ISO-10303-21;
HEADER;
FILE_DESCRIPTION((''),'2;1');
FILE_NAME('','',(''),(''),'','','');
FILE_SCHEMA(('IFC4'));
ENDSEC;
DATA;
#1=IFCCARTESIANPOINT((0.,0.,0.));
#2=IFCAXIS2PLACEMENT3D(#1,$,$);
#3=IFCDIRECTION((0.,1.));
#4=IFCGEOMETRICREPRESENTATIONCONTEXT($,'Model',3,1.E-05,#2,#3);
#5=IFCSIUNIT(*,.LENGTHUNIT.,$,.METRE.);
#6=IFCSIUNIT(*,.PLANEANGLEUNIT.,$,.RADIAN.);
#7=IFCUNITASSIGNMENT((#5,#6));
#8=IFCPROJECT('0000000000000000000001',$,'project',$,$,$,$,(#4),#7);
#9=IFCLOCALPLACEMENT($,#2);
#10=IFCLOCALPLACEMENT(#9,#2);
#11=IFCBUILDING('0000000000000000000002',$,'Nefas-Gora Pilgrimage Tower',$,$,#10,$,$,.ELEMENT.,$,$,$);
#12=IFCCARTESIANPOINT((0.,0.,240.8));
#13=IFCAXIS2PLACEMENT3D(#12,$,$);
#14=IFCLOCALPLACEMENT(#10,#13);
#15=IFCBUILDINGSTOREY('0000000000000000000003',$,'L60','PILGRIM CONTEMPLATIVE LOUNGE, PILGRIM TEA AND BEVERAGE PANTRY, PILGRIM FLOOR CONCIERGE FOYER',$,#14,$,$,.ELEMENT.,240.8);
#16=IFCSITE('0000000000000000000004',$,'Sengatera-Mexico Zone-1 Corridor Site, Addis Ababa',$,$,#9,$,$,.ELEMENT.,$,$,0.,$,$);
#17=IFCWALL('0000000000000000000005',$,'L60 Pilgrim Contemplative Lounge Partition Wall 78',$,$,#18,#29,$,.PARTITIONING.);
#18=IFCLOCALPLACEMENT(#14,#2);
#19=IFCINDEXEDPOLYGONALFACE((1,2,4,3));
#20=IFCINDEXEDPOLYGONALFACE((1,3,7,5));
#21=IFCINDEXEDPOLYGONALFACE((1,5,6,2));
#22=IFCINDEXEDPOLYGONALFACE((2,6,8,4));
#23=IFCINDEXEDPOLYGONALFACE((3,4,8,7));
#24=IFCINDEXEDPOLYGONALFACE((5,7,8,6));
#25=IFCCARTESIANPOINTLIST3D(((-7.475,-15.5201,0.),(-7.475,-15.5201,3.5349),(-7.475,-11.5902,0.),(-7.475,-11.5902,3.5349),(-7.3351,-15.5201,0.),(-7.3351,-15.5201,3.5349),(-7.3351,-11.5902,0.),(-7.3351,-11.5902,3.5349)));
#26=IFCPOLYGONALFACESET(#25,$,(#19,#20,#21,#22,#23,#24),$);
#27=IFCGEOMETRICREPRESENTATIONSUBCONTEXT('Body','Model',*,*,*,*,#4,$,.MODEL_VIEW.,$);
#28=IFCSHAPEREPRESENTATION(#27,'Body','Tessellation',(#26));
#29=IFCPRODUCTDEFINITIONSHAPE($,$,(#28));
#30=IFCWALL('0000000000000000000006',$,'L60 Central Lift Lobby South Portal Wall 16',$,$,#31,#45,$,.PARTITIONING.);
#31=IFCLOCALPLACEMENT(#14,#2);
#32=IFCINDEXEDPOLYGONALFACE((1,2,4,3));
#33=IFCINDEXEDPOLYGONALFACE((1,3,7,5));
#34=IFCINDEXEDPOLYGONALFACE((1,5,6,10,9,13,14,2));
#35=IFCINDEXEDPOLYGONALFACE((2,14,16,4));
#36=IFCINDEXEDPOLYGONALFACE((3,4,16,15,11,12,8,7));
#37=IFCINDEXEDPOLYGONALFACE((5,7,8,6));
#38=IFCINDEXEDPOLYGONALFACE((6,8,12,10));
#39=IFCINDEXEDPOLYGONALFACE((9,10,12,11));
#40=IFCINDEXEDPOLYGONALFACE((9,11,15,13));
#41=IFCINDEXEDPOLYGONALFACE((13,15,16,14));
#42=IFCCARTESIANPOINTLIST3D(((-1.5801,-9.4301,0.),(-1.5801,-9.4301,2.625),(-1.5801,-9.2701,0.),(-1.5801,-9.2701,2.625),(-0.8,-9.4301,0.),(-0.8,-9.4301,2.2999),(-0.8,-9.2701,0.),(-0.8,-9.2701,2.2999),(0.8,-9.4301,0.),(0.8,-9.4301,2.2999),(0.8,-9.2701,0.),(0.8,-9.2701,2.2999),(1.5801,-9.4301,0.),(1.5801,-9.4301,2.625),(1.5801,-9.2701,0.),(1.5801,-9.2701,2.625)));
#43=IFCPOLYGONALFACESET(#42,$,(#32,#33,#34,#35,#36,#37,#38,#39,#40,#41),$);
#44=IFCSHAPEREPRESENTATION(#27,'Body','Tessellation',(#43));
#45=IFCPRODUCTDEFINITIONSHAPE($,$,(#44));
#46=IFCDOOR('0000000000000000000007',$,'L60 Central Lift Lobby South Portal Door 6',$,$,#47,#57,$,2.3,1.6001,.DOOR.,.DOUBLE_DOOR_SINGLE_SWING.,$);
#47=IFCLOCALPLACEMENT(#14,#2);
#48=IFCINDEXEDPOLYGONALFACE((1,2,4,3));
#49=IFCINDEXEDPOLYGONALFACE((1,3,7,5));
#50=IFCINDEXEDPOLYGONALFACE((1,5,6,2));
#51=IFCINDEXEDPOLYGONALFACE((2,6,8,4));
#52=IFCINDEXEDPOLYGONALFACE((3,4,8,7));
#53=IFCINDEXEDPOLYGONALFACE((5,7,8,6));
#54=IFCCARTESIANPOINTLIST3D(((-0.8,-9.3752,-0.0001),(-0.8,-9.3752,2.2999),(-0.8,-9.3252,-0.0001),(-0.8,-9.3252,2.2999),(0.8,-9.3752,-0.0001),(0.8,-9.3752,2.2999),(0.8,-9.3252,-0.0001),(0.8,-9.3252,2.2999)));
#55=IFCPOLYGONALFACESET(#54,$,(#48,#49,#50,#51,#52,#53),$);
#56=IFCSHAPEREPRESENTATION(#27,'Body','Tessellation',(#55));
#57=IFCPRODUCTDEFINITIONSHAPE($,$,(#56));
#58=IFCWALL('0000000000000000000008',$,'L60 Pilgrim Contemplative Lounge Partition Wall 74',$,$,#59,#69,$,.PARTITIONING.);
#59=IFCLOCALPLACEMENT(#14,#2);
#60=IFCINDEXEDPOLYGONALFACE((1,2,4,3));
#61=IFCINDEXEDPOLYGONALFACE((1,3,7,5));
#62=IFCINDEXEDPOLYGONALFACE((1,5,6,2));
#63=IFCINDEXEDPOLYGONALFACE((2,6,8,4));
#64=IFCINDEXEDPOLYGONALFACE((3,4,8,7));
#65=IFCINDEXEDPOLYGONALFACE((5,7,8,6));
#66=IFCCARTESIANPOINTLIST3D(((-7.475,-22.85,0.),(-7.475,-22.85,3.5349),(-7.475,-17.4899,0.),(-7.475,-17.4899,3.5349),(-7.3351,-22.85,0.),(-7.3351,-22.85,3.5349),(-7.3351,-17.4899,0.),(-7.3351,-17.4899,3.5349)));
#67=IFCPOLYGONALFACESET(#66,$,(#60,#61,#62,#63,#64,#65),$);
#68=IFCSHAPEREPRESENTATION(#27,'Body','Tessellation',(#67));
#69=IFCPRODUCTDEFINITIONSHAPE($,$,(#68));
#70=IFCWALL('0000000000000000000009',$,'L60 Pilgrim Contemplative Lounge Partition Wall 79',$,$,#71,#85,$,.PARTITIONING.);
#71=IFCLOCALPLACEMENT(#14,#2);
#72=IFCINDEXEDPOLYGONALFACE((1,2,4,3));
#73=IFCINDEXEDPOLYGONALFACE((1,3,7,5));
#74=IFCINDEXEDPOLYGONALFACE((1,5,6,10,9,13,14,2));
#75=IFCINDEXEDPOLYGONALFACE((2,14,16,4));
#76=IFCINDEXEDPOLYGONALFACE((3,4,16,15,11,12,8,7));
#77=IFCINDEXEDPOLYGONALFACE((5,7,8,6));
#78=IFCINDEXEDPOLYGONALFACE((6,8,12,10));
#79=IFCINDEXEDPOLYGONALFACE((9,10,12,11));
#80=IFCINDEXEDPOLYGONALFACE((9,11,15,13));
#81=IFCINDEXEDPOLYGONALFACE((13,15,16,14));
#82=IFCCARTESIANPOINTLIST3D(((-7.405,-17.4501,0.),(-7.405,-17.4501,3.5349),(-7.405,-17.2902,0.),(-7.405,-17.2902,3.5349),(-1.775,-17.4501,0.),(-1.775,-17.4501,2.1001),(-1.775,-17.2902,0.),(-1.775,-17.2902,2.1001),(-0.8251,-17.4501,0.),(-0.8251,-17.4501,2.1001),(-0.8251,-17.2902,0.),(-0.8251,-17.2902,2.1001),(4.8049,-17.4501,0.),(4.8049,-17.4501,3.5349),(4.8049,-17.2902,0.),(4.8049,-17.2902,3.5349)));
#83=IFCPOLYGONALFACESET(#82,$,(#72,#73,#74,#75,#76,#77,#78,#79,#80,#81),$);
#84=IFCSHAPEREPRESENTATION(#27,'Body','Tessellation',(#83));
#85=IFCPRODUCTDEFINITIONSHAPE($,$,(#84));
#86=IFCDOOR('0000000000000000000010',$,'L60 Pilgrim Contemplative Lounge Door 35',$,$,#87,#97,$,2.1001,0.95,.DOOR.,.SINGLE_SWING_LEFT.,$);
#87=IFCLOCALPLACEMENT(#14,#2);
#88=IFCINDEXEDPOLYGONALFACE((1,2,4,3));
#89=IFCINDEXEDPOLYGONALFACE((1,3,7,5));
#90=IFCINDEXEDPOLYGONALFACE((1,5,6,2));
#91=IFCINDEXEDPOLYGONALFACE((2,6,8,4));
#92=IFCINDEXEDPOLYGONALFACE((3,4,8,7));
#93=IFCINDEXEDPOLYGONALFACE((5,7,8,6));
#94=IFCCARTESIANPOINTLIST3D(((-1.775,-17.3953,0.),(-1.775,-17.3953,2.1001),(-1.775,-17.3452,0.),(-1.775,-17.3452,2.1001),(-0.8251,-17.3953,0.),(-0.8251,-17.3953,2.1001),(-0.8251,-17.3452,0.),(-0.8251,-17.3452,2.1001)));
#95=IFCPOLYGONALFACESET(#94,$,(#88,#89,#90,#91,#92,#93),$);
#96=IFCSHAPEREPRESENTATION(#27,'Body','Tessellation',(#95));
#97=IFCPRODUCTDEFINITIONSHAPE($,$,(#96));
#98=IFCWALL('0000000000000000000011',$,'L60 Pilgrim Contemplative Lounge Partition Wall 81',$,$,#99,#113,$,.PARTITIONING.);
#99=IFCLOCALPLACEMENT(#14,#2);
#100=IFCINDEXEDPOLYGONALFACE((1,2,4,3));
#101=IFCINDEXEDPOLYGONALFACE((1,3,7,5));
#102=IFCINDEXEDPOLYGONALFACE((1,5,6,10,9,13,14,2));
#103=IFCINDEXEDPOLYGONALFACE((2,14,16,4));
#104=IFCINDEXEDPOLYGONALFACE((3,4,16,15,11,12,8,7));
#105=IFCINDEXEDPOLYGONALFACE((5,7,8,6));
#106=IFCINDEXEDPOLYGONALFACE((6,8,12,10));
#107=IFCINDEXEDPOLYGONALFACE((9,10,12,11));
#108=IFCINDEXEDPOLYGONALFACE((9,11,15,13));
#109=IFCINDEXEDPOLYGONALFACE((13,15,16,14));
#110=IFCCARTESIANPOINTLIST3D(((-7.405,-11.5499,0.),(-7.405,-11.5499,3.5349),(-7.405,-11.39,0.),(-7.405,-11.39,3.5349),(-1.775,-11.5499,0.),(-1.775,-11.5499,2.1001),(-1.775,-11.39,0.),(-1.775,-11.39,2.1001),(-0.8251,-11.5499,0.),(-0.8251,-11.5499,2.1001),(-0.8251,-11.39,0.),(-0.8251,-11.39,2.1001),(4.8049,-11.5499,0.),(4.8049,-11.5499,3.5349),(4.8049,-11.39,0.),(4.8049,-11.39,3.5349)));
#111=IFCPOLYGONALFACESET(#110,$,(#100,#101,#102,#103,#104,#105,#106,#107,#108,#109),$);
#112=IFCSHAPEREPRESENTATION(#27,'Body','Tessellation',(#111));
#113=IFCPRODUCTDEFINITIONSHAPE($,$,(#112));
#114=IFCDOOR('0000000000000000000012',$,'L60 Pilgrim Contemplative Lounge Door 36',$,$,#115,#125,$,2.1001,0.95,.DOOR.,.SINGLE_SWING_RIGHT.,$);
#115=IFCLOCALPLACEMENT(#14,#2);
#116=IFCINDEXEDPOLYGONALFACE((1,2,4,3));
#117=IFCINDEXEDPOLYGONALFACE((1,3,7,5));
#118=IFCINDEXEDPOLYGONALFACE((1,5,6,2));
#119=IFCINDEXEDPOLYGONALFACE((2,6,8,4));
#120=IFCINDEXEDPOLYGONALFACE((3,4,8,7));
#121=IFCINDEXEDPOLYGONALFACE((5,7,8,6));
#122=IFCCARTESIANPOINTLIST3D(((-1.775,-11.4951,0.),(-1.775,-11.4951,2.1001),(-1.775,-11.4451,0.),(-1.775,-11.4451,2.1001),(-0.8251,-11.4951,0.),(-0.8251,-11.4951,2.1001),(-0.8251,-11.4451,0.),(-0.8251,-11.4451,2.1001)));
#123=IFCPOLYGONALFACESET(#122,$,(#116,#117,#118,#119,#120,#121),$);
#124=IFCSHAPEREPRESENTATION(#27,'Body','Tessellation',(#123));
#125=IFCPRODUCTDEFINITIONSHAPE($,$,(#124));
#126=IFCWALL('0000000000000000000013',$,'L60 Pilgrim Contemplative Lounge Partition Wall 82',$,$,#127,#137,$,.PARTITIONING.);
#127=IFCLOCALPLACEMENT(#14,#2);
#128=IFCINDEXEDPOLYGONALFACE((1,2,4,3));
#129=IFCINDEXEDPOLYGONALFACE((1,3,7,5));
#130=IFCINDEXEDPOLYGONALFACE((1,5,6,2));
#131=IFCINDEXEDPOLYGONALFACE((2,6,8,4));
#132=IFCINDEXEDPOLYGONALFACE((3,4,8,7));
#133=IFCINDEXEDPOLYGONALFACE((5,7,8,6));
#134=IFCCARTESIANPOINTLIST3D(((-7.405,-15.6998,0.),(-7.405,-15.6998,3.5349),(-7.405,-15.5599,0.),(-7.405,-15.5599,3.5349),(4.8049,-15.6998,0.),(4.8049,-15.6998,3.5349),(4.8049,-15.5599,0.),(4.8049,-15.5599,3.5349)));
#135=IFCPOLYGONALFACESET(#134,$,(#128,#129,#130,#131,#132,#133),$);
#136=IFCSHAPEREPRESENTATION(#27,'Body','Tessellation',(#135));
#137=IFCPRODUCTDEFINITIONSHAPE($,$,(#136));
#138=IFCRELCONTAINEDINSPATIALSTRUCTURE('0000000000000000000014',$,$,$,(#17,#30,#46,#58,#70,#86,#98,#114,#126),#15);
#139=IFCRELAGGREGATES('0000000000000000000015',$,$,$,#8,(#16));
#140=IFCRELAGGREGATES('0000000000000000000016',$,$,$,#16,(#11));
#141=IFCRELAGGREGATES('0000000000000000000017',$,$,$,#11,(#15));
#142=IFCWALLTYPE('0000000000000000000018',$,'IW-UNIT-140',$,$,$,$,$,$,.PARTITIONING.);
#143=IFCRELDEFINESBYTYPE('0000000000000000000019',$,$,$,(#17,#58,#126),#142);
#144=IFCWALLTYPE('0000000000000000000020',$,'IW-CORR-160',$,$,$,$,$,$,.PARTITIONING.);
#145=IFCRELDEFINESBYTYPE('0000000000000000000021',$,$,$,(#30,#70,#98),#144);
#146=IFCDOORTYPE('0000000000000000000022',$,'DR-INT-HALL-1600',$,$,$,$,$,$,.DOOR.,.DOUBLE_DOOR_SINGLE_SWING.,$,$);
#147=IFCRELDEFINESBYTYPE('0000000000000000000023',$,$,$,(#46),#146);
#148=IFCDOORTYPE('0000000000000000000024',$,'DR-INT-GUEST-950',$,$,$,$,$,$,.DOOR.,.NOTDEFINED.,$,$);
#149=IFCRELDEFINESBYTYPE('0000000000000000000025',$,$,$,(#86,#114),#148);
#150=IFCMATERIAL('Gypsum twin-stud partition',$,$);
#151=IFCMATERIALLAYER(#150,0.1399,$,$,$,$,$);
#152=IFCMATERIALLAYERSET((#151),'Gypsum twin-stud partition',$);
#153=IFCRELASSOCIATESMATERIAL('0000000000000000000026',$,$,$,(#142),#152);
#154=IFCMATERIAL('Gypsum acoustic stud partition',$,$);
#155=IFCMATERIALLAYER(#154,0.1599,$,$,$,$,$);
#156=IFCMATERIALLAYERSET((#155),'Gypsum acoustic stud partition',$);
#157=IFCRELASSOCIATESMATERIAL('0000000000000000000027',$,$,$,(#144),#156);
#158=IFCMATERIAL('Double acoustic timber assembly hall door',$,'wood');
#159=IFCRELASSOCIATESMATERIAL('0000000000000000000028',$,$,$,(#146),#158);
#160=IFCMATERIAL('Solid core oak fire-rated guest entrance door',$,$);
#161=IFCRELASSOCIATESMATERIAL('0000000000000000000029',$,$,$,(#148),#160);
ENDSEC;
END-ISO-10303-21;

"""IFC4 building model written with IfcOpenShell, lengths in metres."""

from ifc_helpers import new_model, si_unit, direction, frame, frame_2d, origin, place, context, subcontext, project, spatial, rectangle, extrude, source, transform, mapped, material, layer, layer_set, type_object, element, fill, save


model = new_model("IFC4")

# Units and contexts
model_context = context("Model", 3, precision=1e-05, world=origin(), true_north=direction((0.0, 1.0)))
body_context = subcontext(model_context, "Body", "Model", "MODEL_VIEW")
ifc_project = project(units=[si_unit("LENGTHUNIT", "METRE"), si_unit("PLANEANGLEUNIT", "RADIAN")], contexts=[model_context])

# Site, building, storey
site_placement = place(None, origin())
site = spatial("IfcSite", under=ifc_project, at=site_placement, Name="Sengatera-Mexico Zone-1 Corridor Site, Addis Ababa", CompositionType="ELEMENT", RefElevation=0.0)
building_placement = place(site_placement, origin())
building = spatial("IfcBuilding", under=site, at=building_placement, Name="Nefas-Gora Pilgrimage Tower", CompositionType="ELEMENT")
storey_placement = place(building_placement, frame((0.0, 0.0, 240.8)))
storey = spatial("IfcBuildingStorey", under=building, at=storey_placement, Name="L60", Description="PILGRIM CONTEMPLATIVE LOUNGE, PILGRIM TEA AND BEVERAGE PANTRY, PILGRIM FLOOR CONCIERGE FOYER", CompositionType="ELEMENT", Elevation=240.8)

# Wall
ifc_material_1 = material(Name="Gypsum twin-stud partition")
ifc_layer_1 = layer(ifc_material_1, 0.1399)
ifc_layer_set_1 = layer_set([ifc_layer_1], Name="Gypsum twin-stud partition")
wall_type_1 = type_object("IfcWallType", Name="IW-UNIT-140", PredefinedType="PARTITIONING", material=ifc_layer_set_1)
shared_shape_1 = source(origin(), body_context, "Body", "SweptSolid", [
    extrude(rectangle(XDim=3.9299, YDim=0.1399, at=frame_2d((1.9648, 0.0))), origin(), (0.0, 0.0, 1.0), 3.5349),
])
wall_1_placement = place(storey_placement, frame((-7.405, -15.52, 0.0), z_axis=(0.0, 0.0, 1.0), x_axis=(0.0, 1.0, 0.0)))
element("IfcWall", 1, at=wall_1_placement, inside=storey, type_object=wall_type_1, Name="L60 Pilgrim Contemplative Lounge Partition Wall 78", PredefinedType="PARTITIONING", context=body_context, shape_type="MappedRepresentation", body=[
    mapped(shared_shape_1, transform((0.0, 0.0, 0.0), x_axis=(1.0, 0.0, 0.0), y_axis=(0.0, 1.0, 0.0), z_axis=(0.0, 0.0, 1.0), scale=1.0)),
])

# Wall, opening, door
ifc_material_2 = material(Name="Gypsum acoustic stud partition")
ifc_layer_2 = layer(ifc_material_2, 0.1599)
ifc_layer_set_2 = layer_set([ifc_layer_2], Name="Gypsum acoustic stud partition")
wall_type_2 = type_object("IfcWallType", Name="IW-CORR-160", PredefinedType="PARTITIONING", material=ifc_layer_set_2)
shared_shape_2 = source(origin(), body_context, "Body", "SweptSolid", [
    extrude(rectangle(XDim=3.1602, YDim=0.1599, at=frame_2d((1.5801, 0.0))), origin(), (0.0, 0.0, 1.0), 2.625),
])
wall_2_placement = place(storey_placement, frame((-1.5801, -9.3501, 0.0), z_axis=(0.0, 0.0, 1.0), x_axis=(1.0, 0.0, 0.0)))
wall_2 = element("IfcWall", 2, at=wall_2_placement, inside=storey, type_object=wall_type_2, Name="L60 Central Lift Lobby South Portal Wall 16", PredefinedType="PARTITIONING", context=body_context, shape_type="MappedRepresentation", body=[
    mapped(shared_shape_2, transform((0.0, 0.0, 0.0), x_axis=(1.0, 0.0, 0.0), y_axis=(0.0, 1.0, 0.0), z_axis=(0.0, 0.0, 1.0), scale=1.0)),
])
opening_1_placement = place(wall_2_placement, frame((0.78, 0.0, 0.0)))
opening_1 = element("IfcOpeningElement", 3, at=opening_1_placement, cuts=wall_2, PredefinedType="OPENING", context=body_context, shape_type="SweptSolid", body=[
    extrude(rectangle(XDim=1.6001, YDim=2.3, at=frame_2d((0.8, 1.1499))), frame((0.0, 0.0898, 0.0), z_axis=(0.0, -1.0, 0.0), x_axis=(1.0, 0.0, 0.0)), (0.0, 0.0, 1.0), 0.1799),
])
ifc_material_3 = material(Name="Double acoustic timber assembly hall door", Category="wood")
door_type_1 = type_object("IfcDoorType", Name="DR-INT-HALL-1600", OperationType="DOUBLE_DOOR_SINGLE_SWING", PredefinedType="DOOR", material=ifc_material_3)
shared_shape_3 = source(origin(), body_context, "Body", "SweptSolid", [
    extrude(rectangle(XDim=1.6001, YDim=2.3, at=frame_2d((0.8, 1.1499))), frame((0.0, 0.0249, 0.0), z_axis=(0.0, -1.0, 0.0), x_axis=(1.0, 0.0, 0.0)), (0.0, 0.0, 1.0), 0.05),
])
door_1_placement = place(opening_1_placement, origin())
door_1 = element("IfcDoor", 4, at=door_1_placement, inside=storey, type_object=door_type_1, Name="L60 Central Lift Lobby South Portal Door 6", OperationType="DOUBLE_DOOR_SINGLE_SWING", OverallHeight=2.3, OverallWidth=1.6001, PredefinedType="DOOR", context=body_context, shape_type="MappedRepresentation", body=[
    mapped(shared_shape_3, transform((0.0, 0.0, 0.0), x_axis=(1.0, 0.0, 0.0), y_axis=(0.0, 1.0, 0.0), z_axis=(0.0, 0.0, 1.0), scale=1.0)),
])
fill(opening_1, door_1)

# Wall
shared_shape_4 = source(origin(), body_context, "Body", "SweptSolid", [
    extrude(rectangle(XDim=5.3601, YDim=0.1399, at=frame_2d((2.6802, 0.0))), origin(), (0.0, 0.0, 1.0), 3.5349),
])
wall_3_placement = place(storey_placement, frame((-7.405, -22.8501, 0.0), z_axis=(0.0, 0.0, 1.0), x_axis=(0.0, 1.0, 0.0)))
element("IfcWall", 5, at=wall_3_placement, inside=storey, type_object=wall_type_1, Name="L60 Pilgrim Contemplative Lounge Partition Wall 74", PredefinedType="PARTITIONING", context=body_context, shape_type="MappedRepresentation", body=[
    mapped(shared_shape_4, transform((0.0, 0.0, 0.0), x_axis=(1.0, 0.0, 0.0), y_axis=(0.0, 1.0, 0.0), z_axis=(0.0, 0.0, 1.0), scale=1.0)),
])

# Walls, openings, doors
shared_shape_5 = source(origin(), body_context, "Body", "SweptSolid", [
    extrude(rectangle(XDim=12.21, YDim=0.1599, at=frame_2d((6.105, 0.0))), origin(), (0.0, 0.0, 1.0), 3.5349),
])
wall_4_placement = place(storey_placement, frame((-7.405, -17.3701, 0.0), z_axis=(0.0, 0.0, 1.0), x_axis=(1.0, 0.0, 0.0)))
wall_4 = element("IfcWall", 6, at=wall_4_placement, inside=storey, type_object=wall_type_2, Name="L60 Pilgrim Contemplative Lounge Partition Wall 79", PredefinedType="PARTITIONING", context=body_context, shape_type="MappedRepresentation", body=[
    mapped(shared_shape_5, transform((0.0, 0.0, 0.0), x_axis=(1.0, 0.0, 0.0), y_axis=(0.0, 1.0, 0.0), z_axis=(0.0, 0.0, 1.0), scale=1.0)),
])
opening_2_placement = place(wall_4_placement, frame((5.6299, 0.0, 0.0)))
opening_2 = element("IfcOpeningElement", 7, at=opening_2_placement, cuts=wall_4, PredefinedType="OPENING", context=body_context, shape_type="SweptSolid", body=[
    extrude(rectangle(XDim=0.95, YDim=2.1001, at=frame_2d((0.4751, 1.05))), frame((0.0, 0.0898, 0.0), z_axis=(0.0, -1.0, 0.0), x_axis=(1.0, 0.0, 0.0)), (0.0, 0.0, 1.0), 0.1799),
])
ifc_material_4 = material(Name="Solid core oak fire-rated guest entrance door")
door_type_2 = type_object("IfcDoorType", Name="DR-INT-GUEST-950", OperationType="NOTDEFINED", PredefinedType="DOOR", material=ifc_material_4)
shared_shape_6 = source(origin(), body_context, "Body", "SweptSolid", [
    extrude(rectangle(XDim=0.95, YDim=2.1001, at=frame_2d((0.4751, 1.05))), frame((0.0, 0.0249, 0.0), z_axis=(0.0, -1.0, 0.0), x_axis=(1.0, 0.0, 0.0)), (0.0, 0.0, 1.0), 0.05),
])
door_2_placement = place(opening_2_placement, origin())
door_2 = element("IfcDoor", 8, at=door_2_placement, inside=storey, type_object=door_type_2, Name="L60 Pilgrim Contemplative Lounge Door 35", OperationType="SINGLE_SWING_LEFT", OverallHeight=2.1001, OverallWidth=0.95, PredefinedType="DOOR", context=body_context, shape_type="MappedRepresentation", body=[
    mapped(shared_shape_6, transform((0.0, 0.0, 0.0), x_axis=(1.0, 0.0, 0.0), y_axis=(0.0, 1.0, 0.0), z_axis=(0.0, 0.0, 1.0), scale=1.0)),
])
fill(opening_2, door_2)
wall_5_placement = place(storey_placement, frame((-7.405, -11.47, 0.0), z_axis=(0.0, 0.0, 1.0), x_axis=(1.0, 0.0, 0.0)))
wall_5 = element("IfcWall", 9, at=wall_5_placement, inside=storey, type_object=wall_type_2, Name="L60 Pilgrim Contemplative Lounge Partition Wall 81", PredefinedType="PARTITIONING", context=body_context, shape_type="MappedRepresentation", body=[
    mapped(shared_shape_5, transform((0.0, 0.0, 0.0), x_axis=(1.0, 0.0, 0.0), y_axis=(0.0, 1.0, 0.0), z_axis=(0.0, 0.0, 1.0), scale=1.0)),
])
opening_3_placement = place(wall_5_placement, frame((5.6299, 0.0, 0.0)))
opening_3 = element("IfcOpeningElement", 10, at=opening_3_placement, cuts=wall_5, PredefinedType="OPENING", context=body_context, shape_type="SweptSolid", body=[
    extrude(rectangle(XDim=0.95, YDim=2.1001, at=frame_2d((0.4751, 1.05))), frame((0.0, 0.0898, 0.0), z_axis=(0.0, -1.0, 0.0), x_axis=(1.0, 0.0, 0.0)), (0.0, 0.0, 1.0), 0.1799),
])
door_3_placement = place(opening_3_placement, origin())
door_3 = element("IfcDoor", 11, at=door_3_placement, inside=storey, type_object=door_type_2, Name="L60 Pilgrim Contemplative Lounge Door 36", OperationType="SINGLE_SWING_RIGHT", OverallHeight=2.1001, OverallWidth=0.95, PredefinedType="DOOR", context=body_context, shape_type="MappedRepresentation", body=[
    mapped(shared_shape_6, transform((0.0, 0.0, 0.0), x_axis=(1.0, 0.0, 0.0), y_axis=(0.0, 1.0, 0.0), z_axis=(0.0, 0.0, 1.0), scale=1.0)),
])
fill(opening_3, door_3)

# Wall
shared_shape_7 = source(origin(), body_context, "Body", "SweptSolid", [
    extrude(rectangle(XDim=12.21, YDim=0.1399, at=frame_2d((6.105, 0.0))), origin(), (0.0, 0.0, 1.0), 3.5349),
])
wall_6_placement = place(storey_placement, frame((-7.405, -15.6299, 0.0), z_axis=(0.0, 0.0, 1.0), x_axis=(1.0, 0.0, 0.0)))
element("IfcWall", 12, at=wall_6_placement, inside=storey, type_object=wall_type_1, Name="L60 Pilgrim Contemplative Lounge Partition Wall 82", PredefinedType="PARTITIONING", context=body_context, shape_type="MappedRepresentation", body=[
    mapped(shared_shape_7, transform((0.0, 0.0, 0.0), x_axis=(1.0, 0.0, 0.0), y_axis=(0.0, 1.0, 0.0), z_axis=(0.0, 0.0, 1.0), scale=1.0)),
])

save(model, "model.ifc")
